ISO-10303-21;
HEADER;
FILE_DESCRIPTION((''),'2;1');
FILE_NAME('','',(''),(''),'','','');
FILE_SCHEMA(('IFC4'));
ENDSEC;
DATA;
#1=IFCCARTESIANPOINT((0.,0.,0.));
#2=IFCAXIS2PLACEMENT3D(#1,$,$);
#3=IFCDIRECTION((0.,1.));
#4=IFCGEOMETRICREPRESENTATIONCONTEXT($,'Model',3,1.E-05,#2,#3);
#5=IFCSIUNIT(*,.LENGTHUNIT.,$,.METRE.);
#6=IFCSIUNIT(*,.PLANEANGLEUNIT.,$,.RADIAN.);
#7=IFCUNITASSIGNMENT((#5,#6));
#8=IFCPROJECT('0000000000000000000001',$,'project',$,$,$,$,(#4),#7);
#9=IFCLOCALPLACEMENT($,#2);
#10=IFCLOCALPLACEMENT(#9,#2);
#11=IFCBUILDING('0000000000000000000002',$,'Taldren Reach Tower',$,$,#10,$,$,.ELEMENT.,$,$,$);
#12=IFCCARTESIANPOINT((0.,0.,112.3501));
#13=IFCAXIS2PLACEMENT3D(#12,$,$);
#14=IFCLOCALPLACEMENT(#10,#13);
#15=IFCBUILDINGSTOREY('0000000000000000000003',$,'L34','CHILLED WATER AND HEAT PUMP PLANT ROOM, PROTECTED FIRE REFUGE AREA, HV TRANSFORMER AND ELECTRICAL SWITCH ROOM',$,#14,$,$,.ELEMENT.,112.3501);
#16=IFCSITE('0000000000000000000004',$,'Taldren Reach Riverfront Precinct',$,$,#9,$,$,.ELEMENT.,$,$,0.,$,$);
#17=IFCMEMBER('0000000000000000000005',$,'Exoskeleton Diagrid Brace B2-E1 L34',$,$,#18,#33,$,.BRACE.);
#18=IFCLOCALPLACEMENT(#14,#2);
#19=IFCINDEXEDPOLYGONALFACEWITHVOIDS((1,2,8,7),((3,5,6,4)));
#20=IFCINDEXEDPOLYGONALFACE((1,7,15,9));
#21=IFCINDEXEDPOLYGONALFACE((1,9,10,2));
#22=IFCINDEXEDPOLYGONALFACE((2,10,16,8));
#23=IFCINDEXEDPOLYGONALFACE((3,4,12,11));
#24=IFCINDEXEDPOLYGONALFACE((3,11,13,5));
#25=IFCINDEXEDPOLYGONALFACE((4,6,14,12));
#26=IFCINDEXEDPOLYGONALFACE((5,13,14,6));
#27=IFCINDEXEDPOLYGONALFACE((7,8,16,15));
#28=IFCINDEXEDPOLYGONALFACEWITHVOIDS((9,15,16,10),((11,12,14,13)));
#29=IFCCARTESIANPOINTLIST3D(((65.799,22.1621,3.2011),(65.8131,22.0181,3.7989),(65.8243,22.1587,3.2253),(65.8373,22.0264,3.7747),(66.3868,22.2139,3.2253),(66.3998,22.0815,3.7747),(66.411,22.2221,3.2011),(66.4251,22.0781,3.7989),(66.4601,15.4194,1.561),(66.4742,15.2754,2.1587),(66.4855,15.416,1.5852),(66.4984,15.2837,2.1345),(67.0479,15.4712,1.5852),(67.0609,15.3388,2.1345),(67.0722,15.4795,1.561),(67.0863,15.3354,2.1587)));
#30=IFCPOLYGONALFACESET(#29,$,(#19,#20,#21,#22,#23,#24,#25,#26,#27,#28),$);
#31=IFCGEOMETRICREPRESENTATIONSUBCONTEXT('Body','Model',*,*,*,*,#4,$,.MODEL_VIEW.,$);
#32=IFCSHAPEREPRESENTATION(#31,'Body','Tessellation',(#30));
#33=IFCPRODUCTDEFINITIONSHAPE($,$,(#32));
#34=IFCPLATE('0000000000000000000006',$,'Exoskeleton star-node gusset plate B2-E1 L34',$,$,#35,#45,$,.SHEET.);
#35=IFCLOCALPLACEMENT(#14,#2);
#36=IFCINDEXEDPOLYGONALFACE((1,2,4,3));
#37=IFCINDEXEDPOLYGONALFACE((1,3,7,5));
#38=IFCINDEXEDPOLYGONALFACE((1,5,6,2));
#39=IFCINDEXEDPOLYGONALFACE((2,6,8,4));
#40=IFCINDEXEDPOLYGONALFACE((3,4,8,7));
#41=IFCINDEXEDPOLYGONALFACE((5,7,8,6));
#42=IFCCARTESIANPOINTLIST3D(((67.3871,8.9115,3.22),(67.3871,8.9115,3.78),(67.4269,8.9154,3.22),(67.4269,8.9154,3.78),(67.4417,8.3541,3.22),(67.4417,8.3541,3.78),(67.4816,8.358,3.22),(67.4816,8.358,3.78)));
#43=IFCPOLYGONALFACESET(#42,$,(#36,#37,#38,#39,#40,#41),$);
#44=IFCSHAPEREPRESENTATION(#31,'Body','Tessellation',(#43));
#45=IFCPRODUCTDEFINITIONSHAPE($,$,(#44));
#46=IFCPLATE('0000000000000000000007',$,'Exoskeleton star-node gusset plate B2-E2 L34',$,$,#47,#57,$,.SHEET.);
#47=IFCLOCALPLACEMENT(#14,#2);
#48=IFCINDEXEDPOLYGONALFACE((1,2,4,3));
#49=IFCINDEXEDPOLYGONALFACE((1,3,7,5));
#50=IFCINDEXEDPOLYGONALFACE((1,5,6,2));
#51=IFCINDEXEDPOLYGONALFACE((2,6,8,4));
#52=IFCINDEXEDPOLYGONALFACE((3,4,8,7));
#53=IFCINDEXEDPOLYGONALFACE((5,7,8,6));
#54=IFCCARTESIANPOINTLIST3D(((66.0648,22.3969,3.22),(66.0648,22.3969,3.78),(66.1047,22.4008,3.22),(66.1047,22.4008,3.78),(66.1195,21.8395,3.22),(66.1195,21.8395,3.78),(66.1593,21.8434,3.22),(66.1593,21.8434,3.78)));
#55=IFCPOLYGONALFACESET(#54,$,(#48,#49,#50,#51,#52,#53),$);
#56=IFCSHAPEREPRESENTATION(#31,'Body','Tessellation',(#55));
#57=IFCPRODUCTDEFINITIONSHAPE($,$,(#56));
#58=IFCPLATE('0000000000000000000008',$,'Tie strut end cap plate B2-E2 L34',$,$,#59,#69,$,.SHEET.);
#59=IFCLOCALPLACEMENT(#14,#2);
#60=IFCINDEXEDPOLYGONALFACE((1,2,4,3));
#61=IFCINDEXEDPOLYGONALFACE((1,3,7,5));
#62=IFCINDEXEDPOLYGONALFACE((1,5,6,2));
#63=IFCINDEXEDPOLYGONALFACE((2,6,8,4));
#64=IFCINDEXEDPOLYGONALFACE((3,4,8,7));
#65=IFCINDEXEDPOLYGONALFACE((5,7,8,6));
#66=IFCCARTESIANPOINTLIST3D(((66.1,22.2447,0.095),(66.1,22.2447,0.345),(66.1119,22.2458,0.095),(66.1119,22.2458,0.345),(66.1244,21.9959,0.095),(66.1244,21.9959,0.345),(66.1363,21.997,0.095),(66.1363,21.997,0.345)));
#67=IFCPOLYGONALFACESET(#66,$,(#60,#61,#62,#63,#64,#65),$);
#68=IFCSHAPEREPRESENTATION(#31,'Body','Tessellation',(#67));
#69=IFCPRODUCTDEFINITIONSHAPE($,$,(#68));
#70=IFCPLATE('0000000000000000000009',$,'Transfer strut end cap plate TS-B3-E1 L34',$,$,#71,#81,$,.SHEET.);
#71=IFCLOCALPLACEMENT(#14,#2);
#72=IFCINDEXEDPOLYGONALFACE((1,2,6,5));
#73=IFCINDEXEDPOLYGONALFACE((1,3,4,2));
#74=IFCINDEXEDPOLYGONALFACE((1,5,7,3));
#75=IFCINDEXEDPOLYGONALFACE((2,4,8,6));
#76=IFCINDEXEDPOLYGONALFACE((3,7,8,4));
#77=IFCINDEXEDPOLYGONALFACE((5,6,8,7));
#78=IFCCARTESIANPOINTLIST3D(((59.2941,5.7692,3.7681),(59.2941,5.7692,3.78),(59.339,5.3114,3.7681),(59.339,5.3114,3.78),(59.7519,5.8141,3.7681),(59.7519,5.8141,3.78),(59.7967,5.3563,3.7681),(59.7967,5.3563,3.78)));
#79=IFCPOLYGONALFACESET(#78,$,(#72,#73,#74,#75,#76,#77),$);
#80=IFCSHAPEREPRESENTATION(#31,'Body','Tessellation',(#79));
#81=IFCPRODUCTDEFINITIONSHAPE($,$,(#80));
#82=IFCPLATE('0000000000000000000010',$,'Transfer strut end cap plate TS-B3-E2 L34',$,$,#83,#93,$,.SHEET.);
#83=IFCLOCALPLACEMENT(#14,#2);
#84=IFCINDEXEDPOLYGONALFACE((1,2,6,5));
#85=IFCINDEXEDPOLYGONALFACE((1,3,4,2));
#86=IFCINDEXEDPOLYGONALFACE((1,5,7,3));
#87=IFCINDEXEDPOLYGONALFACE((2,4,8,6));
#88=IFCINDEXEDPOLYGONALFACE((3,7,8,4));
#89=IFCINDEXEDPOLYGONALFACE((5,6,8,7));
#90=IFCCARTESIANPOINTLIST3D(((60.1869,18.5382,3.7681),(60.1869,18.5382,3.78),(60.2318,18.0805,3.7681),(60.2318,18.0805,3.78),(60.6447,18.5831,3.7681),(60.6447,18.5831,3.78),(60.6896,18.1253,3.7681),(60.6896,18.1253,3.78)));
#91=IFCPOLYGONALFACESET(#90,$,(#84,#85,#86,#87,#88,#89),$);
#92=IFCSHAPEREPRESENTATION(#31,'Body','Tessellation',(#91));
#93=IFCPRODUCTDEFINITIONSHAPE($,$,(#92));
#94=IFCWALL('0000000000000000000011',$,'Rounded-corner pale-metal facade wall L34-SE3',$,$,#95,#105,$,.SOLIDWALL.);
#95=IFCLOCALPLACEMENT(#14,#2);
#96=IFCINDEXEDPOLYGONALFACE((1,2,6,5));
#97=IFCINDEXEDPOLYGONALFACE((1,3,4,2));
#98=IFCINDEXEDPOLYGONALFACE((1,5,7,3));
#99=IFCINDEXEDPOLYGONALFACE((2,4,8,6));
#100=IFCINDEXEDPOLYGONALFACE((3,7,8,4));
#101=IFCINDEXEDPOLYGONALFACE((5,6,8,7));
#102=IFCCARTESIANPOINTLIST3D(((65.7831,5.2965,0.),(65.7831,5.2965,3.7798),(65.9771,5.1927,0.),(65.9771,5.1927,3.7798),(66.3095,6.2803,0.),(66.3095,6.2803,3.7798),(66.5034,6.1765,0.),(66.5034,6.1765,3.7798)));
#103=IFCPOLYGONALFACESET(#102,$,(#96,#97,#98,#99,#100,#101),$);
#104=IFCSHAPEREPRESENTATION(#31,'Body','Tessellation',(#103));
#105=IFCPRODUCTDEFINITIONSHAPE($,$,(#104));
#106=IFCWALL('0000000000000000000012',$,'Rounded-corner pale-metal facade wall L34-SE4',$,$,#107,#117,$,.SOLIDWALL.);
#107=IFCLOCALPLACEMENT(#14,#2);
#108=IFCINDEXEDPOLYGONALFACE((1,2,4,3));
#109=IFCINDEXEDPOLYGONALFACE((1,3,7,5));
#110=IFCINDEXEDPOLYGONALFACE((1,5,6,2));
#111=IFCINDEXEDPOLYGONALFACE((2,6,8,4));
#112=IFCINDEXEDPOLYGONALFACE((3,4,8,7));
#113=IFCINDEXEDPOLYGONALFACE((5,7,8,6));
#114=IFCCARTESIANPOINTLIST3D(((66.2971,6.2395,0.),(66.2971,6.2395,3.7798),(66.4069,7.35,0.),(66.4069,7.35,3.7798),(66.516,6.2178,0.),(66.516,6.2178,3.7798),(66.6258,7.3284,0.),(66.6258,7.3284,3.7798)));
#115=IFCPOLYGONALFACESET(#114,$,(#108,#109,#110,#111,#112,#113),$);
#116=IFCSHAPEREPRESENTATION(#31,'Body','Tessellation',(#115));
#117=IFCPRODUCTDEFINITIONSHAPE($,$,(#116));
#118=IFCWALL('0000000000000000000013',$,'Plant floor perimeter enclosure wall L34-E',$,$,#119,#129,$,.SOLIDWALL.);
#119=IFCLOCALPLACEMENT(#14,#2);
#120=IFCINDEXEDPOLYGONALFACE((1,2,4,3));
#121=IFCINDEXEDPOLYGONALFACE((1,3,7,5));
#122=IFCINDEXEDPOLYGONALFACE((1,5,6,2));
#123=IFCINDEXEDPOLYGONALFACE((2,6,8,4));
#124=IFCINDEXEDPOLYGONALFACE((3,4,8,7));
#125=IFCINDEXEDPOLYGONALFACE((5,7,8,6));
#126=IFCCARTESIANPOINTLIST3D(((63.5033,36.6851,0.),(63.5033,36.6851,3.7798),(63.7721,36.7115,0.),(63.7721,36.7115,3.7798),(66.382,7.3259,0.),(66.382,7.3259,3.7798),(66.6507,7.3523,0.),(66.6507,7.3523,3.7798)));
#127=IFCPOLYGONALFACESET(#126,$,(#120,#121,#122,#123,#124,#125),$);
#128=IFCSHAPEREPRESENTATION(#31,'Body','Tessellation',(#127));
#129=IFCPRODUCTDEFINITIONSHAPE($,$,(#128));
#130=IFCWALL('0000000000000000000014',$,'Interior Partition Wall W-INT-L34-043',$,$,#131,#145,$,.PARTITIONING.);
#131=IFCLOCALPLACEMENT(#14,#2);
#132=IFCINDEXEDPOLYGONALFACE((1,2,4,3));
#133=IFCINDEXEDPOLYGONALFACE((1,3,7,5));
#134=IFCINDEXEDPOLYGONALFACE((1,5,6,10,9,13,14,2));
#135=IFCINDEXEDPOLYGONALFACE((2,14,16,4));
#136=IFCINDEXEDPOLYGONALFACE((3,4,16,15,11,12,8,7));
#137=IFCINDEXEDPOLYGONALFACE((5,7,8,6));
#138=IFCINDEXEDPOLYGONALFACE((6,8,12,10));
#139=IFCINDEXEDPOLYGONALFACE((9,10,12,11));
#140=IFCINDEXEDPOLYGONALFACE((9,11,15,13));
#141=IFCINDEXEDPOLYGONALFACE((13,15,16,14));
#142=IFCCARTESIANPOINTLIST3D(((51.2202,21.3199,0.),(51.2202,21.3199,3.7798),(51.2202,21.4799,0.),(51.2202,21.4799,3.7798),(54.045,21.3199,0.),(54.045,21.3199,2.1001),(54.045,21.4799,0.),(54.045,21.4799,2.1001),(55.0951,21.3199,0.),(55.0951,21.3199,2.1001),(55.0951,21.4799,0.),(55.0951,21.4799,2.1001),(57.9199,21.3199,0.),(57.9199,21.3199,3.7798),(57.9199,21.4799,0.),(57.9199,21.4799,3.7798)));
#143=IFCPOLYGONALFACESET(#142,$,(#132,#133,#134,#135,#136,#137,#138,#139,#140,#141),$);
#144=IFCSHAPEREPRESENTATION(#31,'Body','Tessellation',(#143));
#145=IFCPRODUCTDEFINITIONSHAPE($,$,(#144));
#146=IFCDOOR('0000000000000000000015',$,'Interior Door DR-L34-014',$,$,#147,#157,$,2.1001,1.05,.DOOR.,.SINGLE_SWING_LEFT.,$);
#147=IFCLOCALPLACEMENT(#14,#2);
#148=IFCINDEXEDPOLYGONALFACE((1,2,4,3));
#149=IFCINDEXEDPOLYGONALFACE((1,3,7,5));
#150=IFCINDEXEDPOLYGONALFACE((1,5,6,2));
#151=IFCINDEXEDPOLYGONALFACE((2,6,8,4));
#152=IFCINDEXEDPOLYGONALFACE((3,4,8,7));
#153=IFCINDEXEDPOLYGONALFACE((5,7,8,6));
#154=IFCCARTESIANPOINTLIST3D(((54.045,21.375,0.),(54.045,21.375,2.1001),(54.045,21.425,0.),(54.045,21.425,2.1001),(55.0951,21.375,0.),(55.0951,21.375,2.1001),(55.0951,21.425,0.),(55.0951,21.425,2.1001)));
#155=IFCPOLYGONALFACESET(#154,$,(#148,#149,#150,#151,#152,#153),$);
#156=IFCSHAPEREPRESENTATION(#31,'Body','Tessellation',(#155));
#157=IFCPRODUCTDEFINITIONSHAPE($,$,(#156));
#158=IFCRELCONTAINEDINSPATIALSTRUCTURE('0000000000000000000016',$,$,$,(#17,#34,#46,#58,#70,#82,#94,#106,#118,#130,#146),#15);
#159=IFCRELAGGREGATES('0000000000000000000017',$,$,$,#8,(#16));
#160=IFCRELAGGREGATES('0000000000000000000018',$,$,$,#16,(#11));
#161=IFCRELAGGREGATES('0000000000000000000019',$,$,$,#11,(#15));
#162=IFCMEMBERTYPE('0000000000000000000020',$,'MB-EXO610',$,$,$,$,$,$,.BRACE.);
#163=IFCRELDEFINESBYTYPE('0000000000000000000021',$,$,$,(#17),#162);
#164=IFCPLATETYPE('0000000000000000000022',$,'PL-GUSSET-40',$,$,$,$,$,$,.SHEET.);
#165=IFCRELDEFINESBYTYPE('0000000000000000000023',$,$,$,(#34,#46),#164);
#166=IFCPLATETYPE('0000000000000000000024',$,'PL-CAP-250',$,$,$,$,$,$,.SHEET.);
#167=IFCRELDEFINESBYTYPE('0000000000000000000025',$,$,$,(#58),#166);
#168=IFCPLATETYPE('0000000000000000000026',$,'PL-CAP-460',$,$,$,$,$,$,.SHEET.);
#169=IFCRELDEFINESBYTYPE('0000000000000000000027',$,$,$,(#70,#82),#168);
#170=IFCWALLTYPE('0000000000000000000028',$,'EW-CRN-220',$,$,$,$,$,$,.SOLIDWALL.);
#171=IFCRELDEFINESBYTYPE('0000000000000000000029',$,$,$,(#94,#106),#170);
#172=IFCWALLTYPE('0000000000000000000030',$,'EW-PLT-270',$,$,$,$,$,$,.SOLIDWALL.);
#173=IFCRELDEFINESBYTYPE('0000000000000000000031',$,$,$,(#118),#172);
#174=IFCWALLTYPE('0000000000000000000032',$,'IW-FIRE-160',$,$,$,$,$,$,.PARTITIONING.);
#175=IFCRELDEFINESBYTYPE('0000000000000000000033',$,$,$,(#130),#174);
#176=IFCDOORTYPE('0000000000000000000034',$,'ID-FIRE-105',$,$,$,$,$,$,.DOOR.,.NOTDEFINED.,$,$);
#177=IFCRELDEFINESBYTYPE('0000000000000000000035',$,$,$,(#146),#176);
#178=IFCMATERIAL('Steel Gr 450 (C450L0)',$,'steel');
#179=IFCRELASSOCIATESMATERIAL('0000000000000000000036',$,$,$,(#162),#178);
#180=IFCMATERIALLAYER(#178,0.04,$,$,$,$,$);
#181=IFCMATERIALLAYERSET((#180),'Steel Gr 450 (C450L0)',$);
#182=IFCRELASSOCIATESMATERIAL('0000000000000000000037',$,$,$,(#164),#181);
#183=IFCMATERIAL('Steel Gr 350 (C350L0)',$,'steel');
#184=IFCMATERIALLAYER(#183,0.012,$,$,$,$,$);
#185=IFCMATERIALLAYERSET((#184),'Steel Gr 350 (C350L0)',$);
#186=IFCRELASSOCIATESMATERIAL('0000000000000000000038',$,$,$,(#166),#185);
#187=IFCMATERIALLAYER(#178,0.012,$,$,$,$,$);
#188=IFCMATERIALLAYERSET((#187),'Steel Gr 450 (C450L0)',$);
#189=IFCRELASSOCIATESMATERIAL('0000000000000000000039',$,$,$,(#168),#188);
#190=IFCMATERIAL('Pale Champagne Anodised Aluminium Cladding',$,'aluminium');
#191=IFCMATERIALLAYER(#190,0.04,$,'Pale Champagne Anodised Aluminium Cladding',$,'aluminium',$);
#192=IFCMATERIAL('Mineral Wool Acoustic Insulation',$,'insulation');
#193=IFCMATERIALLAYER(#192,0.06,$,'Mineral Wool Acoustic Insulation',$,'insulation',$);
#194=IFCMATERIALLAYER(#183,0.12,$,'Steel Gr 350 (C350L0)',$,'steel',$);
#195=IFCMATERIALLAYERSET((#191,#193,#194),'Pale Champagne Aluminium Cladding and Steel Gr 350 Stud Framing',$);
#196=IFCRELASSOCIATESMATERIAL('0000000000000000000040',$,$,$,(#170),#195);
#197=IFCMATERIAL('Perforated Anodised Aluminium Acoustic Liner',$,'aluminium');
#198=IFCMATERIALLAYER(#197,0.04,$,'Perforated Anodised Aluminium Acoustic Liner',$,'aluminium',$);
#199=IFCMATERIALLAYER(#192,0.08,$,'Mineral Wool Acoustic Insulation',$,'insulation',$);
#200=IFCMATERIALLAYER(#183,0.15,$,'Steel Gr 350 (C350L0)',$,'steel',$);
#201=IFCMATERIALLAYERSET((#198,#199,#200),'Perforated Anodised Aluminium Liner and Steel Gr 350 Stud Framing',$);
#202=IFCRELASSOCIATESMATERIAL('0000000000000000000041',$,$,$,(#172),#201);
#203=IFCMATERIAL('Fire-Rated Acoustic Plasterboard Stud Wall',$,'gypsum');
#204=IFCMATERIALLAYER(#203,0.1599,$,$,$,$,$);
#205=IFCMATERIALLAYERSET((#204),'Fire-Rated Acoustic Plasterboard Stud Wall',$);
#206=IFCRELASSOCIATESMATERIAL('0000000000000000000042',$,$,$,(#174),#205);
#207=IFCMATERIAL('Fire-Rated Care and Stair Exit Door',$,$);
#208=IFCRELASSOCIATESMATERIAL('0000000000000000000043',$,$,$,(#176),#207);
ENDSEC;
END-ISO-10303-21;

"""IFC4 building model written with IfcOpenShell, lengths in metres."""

from ifc_helpers import new_model, si_unit, direction, frame, frame_2d, origin, origin_2d, place, context, subcontext, project, spatial, rectangle, hollow_rectangle, extrude, source, transform, mapped, material, layer, layer_set, material_profile, profile_set, type_object, element, fill, save


model = new_model("IFC4")

# Units and contexts
model_context = context("Model", 3, precision=1e-05, world=origin(), true_north=direction((0.0, 1.0)))
body_context = subcontext(model_context, "Body", "Model", "MODEL_VIEW")
ifc_project = project(units=[si_unit("LENGTHUNIT", "METRE"), si_unit("PLANEANGLEUNIT", "RADIAN")], contexts=[model_context])

# Site, building, storey
site_placement = place(None, origin())
site = spatial("IfcSite", under=ifc_project, at=site_placement, Name="Taldren Reach Riverfront Precinct", CompositionType="ELEMENT", RefElevation=0.0)
building_placement = place(site_placement, origin())
building = spatial("IfcBuilding", under=site, at=building_placement, Name="Taldren Reach Tower", CompositionType="ELEMENT")
storey_placement = place(building_placement, frame((0.0, 0.0, 112.3501)))
storey = spatial("IfcBuildingStorey", under=building, at=storey_placement, Name="L34", Description="CHILLED WATER AND HEAT PUMP PLANT ROOM, PROTECTED FIRE REFUGE AREA, HV TRANSFORMER AND ELECTRICAL SWITCH ROOM", CompositionType="ELEMENT", Elevation=112.3501)

# Shared definitions
ifc_material_1 = material(Name="Steel Gr 450 (C450L0)", Category="steel")
ifc_material_2 = material(Name="Steel Gr 350 (C350L0)", Category="steel")

# Member
ifc_material_profile_1 = material_profile(ifc_material_1, hollow_rectangle(XDim=0.615, YDim=0.615, WallThickness=0.0249, at=origin_2d()), Name="615x615x25.0SHS")
ifc_profile_set_1 = profile_set([ifc_material_profile_1], Name="Steel Gr 450 (C450L0)")
member_type_1 = type_object("IfcMemberType", Name="MB-EXO610", PredefinedType="BRACE", material=ifc_profile_set_1)
shared_shape_1 = source(origin(), body_context, "Body", "SweptSolid", [
    extrude(hollow_rectangle(XDim=0.615, YDim=0.615, WallThickness=0.0249, at=origin_2d()), origin(), (0.0, 0.0, 1.0), 6.9707),
])
for number, where, z_axis, x_axis, name in (
    (1, (66.7732, 15.3774, 1.8599), (-0.094844, 0.967287, 0.23529), (-0.995227, -0.097584, 0.0), "Exoskeleton Diagrid Brace B2-E1 L34"),
):
    element("IfcMember", number, at=place(storey_placement, frame(where, z_axis=z_axis, x_axis=x_axis)), inside=storey, type_object=member_type_1, Name=name, PredefinedType="BRACE", context=body_context, shape_type="MappedRepresentation", body=[
        mapped(shared_shape_1, transform((0.0, 0.0, 0.0), scale=1.0)),
    ])

# Plates
ifc_layer_1 = layer(ifc_material_1, 0.04)
ifc_layer_set_1 = layer_set([ifc_layer_1], Name="Steel Gr 450 (C450L0)")
plate_type_1 = type_object("IfcPlateType", Name="PL-GUSSET-40", PredefinedType="SHEET", material=ifc_layer_set_1)
shared_shape_2 = source(origin(), body_context, "Body", "SweptSolid", [
    extrude(rectangle(XDim=0.5601, YDim=0.04, at=origin_2d()), origin(), (0.0, 0.0, 1.0), 0.5601),
])
for number, where, z_axis, x_axis, name in (
    (2, (67.4343, 8.6348, 3.22), (0.0, 0.0, 1.0), (-0.097583, 0.995227, 0.0), "Exoskeleton star-node gusset plate B2-E1 L34"),
    (3, (66.1121, 22.1201, 3.22), (0.0, 0.0, 1.0), (-0.097583, 0.995227, 0.0), "Exoskeleton star-node gusset plate B2-E2 L34"),
):
    element("IfcPlate", number, at=place(storey_placement, frame(where, z_axis=z_axis, x_axis=x_axis)), inside=storey, type_object=plate_type_1, Name=name, PredefinedType="SHEET", context=body_context, shape_type="MappedRepresentation", body=[
        mapped(shared_shape_2, transform((0.0, 0.0, 0.0), scale=1.0)),
    ])
ifc_layer_2 = layer(ifc_material_2, 0.012)
ifc_layer_set_2 = layer_set([ifc_layer_2], Name="Steel Gr 350 (C350L0)")
plate_type_2 = type_object("IfcPlateType", Name="PL-CAP-250", PredefinedType="SHEET", material=ifc_layer_set_2)
shared_shape_3 = source(origin(), body_context, "Body", "SweptSolid", [
    extrude(rectangle(XDim=0.012, YDim=0.25, at=origin_2d()), origin(), (0.0, 0.0, 1.0), 0.25),
])
plate_placement = place(storey_placement, frame((66.1182, 22.1208, 0.095), z_axis=(0.0, 0.0, 1.0), x_axis=(0.995227, 0.097583, 0.0)))
element("IfcPlate", 4, at=plate_placement, inside=storey, type_object=plate_type_2, Name="Tie strut end cap plate B2-E2 L34", PredefinedType="SHEET", context=body_context, shape_type="MappedRepresentation", body=[
    mapped(shared_shape_3, transform((0.0, 0.0, 0.0), scale=1.0)),
])
ifc_layer_3 = layer(ifc_material_1, 0.012)
ifc_layer_set_3 = layer_set([ifc_layer_3], Name="Steel Gr 450 (C450L0)")
plate_type_3 = type_object("IfcPlateType", Name="PL-CAP-460", PredefinedType="SHEET", material=ifc_layer_set_3)
shared_shape_4 = source(origin(), body_context, "Body", "SweptSolid", [
    extrude(rectangle(XDim=0.46, YDim=0.46, at=origin_2d()), origin(), (0.0, 0.0, 1.0), 0.012),
])
for number, where, z_axis, x_axis, name in (
    (5, (59.5454, 5.5627, 3.7681), (0.0, 0.0, 1.0), (0.995227, 0.097583, 0.0), "Transfer strut end cap plate TS-B3-E1 L34"),
    (6, (60.4382, 18.3318, 3.7681), (0.0, 0.0, 1.0), (0.995227, 0.097583, 0.0), "Transfer strut end cap plate TS-B3-E2 L34"),
):
    element("IfcPlate", number, at=place(storey_placement, frame(where, z_axis=z_axis, x_axis=x_axis)), inside=storey, type_object=plate_type_3, Name=name, PredefinedType="SHEET", context=body_context, shape_type="MappedRepresentation", body=[
        mapped(shared_shape_4, transform((0.0, 0.0, 0.0), scale=1.0)),
    ])

# Walls
ifc_material_3 = material(Name="Pale Champagne Anodised Aluminium Cladding", Category="aluminium")
ifc_layer_4 = layer(ifc_material_3, 0.04, Name="Pale Champagne Anodised Aluminium Cladding", Category="aluminium")
ifc_material_4 = material(Name="Mineral Wool Acoustic Insulation", Category="insulation")
ifc_layer_5 = layer(ifc_material_4, 0.06, Name="Mineral Wool Acoustic Insulation", Category="insulation")
ifc_layer_6 = layer(ifc_material_2, 0.12, Name="Steel Gr 350 (C350L0)", Category="steel")
ifc_layer_set_4 = layer_set([ifc_layer_4, ifc_layer_5, ifc_layer_6], Name="Pale Champagne Aluminium Cladding and Steel Gr 350 Stud Framing")
wall_type_1 = type_object("IfcWallType", Name="EW-CRN-220", PredefinedType="SOLIDWALL", material=ifc_layer_set_4)
shared_shape_5 = source(origin(), body_context, "Body", "SweptSolid", [
    extrude(rectangle(XDim=1.1157, YDim=0.22, at=frame_2d((0.5579, 0.0))), origin(), (0.0, 0.0, 1.0), 3.7798),
])
wall_1_placement = place(storey_placement, frame((65.8801, 5.2446, 0.0), z_axis=(0.0, 0.0, 1.0), x_axis=(0.471723, 0.881747, 0.0)))
element("IfcWall", 7, at=wall_1_placement, inside=storey, type_object=wall_type_1, Name="Rounded-corner pale-metal facade wall L34-SE3", PredefinedType="SOLIDWALL", context=body_context, shape_type="MappedRepresentation", body=[
    mapped(shared_shape_5, transform((0.0, 0.0, 0.0), scale=1.0)),
])
shared_shape_6 = source(origin(), body_context, "Body", "SweptSolid", [
    extrude(rectangle(XDim=1.116, YDim=0.22, at=frame_2d((0.5581, 0.0))), origin(), (0.0, 0.0, 1.0), 3.7798),
])
wall_2_placement = place(storey_placement, frame((66.4065, 6.2285, 0.0), z_axis=(0.0, 0.0, 1.0), x_axis=(0.098442, 0.995143, 0.0)))
element("IfcWall", 8, at=wall_2_placement, inside=storey, type_object=wall_type_1, Name="Rounded-corner pale-metal facade wall L34-SE4", PredefinedType="SOLIDWALL", context=body_context, shape_type="MappedRepresentation", body=[
    mapped(shared_shape_6, transform((0.0, 0.0, 0.0), scale=1.0)),
])
ifc_material_5 = material(Name="Perforated Anodised Aluminium Acoustic Liner", Category="aluminium")
ifc_layer_7 = layer(ifc_material_5, 0.04, Name="Perforated Anodised Aluminium Acoustic Liner", Category="aluminium")
ifc_layer_8 = layer(ifc_material_4, 0.08, Name="Mineral Wool Acoustic Insulation", Category="insulation")
ifc_layer_9 = layer(ifc_material_2, 0.15, Name="Steel Gr 350 (C350L0)", Category="steel")
ifc_layer_set_5 = layer_set([ifc_layer_7, ifc_layer_8, ifc_layer_9], Name="Perforated Anodised Aluminium Liner and Steel Gr 350 Stud Framing")
wall_type_2 = type_object("IfcWallType", Name="EW-PLT-270", PredefinedType="SOLIDWALL", material=ifc_layer_set_5)
shared_shape_7 = source(origin(), body_context, "Body", "SweptSolid", [
    extrude(rectangle(XDim=29.5, YDim=0.27, at=frame_2d((14.75, 0.0))), origin(), (0.0, 0.0, 1.0), 3.7798),
])
wall_3_placement = place(storey_placement, frame((66.5164, 7.3391, 0.0), z_axis=(0.0, 0.0, 1.0), x_axis=(-0.097582, 0.995227, 0.0)))
element("IfcWall", 9, at=wall_3_placement, inside=storey, type_object=wall_type_2, Name="Plant floor perimeter enclosure wall L34-E", PredefinedType="SOLIDWALL", context=body_context, shape_type="MappedRepresentation", body=[
    mapped(shared_shape_7, transform((0.0, 0.0, 0.0), scale=1.0)),
])

# Wall, opening, door
ifc_material_6 = material(Name="Fire-Rated Acoustic Plasterboard Stud Wall", Category="gypsum")
ifc_layer_10 = layer(ifc_material_6, 0.1599)
ifc_layer_set_6 = layer_set([ifc_layer_10], Name="Fire-Rated Acoustic Plasterboard Stud Wall")
wall_type_3 = type_object("IfcWallType", Name="IW-FIRE-160", PredefinedType="PARTITIONING", material=ifc_layer_set_6)
shared_shape_8 = source(origin(), body_context, "Body", "SweptSolid", [
    extrude(rectangle(XDim=6.6997, YDim=0.1599, at=frame_2d((3.3499, 0.0))), origin(), (0.0, 0.0, 1.0), 3.7798),
])
wall_4_placement = place(storey_placement, frame((57.9199, 21.3999, 0.0), z_axis=(0.0, 0.0, 1.0), x_axis=(-1.0, 0.0, 0.0)))
wall_4 = element("IfcWall", 10, at=wall_4_placement, inside=storey, type_object=wall_type_3, Name="Interior Partition Wall W-INT-L34-043", PredefinedType="PARTITIONING", context=body_context, shape_type="MappedRepresentation", body=[
    mapped(shared_shape_8, transform((0.0, 0.0, 0.0), scale=1.0)),
])
shared_shape_9 = source(origin(), body_context, "Body", "SweptSolid", [
    extrude(rectangle(XDim=1.05, YDim=2.1001, at=frame_2d((0.5249, 1.05))), frame((0.0, 0.0898, 0.0), z_axis=(0.0, -1.0, 0.0), x_axis=(1.0, 0.0, 0.0)), (0.0, 0.0, 1.0), 0.1799),
])
opening_placement = place(wall_4_placement, frame((2.825, 0.0, 0.0)))
opening = element("IfcOpeningElement", 11, at=opening_placement, cuts=wall_4, PredefinedType="OPENING", context=body_context, shape_type="MappedRepresentation", body=[
    mapped(shared_shape_9, transform((0.0, 0.0, 0.0), scale=1.0)),
])
ifc_material_7 = material(Name="Fire-Rated Care and Stair Exit Door")
door_type = type_object("IfcDoorType", Name="ID-FIRE-105", OperationType="NOTDEFINED", PredefinedType="DOOR", material=ifc_material_7)
shared_shape_10 = source(origin(), body_context, "Body", "SweptSolid", [
    extrude(rectangle(XDim=1.05, YDim=2.1001, at=frame_2d((0.5249, 1.05))), frame((0.0, 0.0249, 0.0), z_axis=(0.0, -1.0, 0.0), x_axis=(1.0, 0.0, 0.0)), (0.0, 0.0, 1.0), 0.05),
])
door_placement = place(opening_placement, origin())
door = element("IfcDoor", 12, at=door_placement, inside=storey, type_object=door_type, Name="Interior Door DR-L34-014", OperationType="SINGLE_SWING_LEFT", OverallHeight=2.1001, OverallWidth=1.05, PredefinedType="DOOR", context=body_context, shape_type="MappedRepresentation", body=[
    mapped(shared_shape_10, transform((0.0, 0.0, 0.0), scale=1.0)),
])
fill(opening, door)

save(model, "model.ifc")
